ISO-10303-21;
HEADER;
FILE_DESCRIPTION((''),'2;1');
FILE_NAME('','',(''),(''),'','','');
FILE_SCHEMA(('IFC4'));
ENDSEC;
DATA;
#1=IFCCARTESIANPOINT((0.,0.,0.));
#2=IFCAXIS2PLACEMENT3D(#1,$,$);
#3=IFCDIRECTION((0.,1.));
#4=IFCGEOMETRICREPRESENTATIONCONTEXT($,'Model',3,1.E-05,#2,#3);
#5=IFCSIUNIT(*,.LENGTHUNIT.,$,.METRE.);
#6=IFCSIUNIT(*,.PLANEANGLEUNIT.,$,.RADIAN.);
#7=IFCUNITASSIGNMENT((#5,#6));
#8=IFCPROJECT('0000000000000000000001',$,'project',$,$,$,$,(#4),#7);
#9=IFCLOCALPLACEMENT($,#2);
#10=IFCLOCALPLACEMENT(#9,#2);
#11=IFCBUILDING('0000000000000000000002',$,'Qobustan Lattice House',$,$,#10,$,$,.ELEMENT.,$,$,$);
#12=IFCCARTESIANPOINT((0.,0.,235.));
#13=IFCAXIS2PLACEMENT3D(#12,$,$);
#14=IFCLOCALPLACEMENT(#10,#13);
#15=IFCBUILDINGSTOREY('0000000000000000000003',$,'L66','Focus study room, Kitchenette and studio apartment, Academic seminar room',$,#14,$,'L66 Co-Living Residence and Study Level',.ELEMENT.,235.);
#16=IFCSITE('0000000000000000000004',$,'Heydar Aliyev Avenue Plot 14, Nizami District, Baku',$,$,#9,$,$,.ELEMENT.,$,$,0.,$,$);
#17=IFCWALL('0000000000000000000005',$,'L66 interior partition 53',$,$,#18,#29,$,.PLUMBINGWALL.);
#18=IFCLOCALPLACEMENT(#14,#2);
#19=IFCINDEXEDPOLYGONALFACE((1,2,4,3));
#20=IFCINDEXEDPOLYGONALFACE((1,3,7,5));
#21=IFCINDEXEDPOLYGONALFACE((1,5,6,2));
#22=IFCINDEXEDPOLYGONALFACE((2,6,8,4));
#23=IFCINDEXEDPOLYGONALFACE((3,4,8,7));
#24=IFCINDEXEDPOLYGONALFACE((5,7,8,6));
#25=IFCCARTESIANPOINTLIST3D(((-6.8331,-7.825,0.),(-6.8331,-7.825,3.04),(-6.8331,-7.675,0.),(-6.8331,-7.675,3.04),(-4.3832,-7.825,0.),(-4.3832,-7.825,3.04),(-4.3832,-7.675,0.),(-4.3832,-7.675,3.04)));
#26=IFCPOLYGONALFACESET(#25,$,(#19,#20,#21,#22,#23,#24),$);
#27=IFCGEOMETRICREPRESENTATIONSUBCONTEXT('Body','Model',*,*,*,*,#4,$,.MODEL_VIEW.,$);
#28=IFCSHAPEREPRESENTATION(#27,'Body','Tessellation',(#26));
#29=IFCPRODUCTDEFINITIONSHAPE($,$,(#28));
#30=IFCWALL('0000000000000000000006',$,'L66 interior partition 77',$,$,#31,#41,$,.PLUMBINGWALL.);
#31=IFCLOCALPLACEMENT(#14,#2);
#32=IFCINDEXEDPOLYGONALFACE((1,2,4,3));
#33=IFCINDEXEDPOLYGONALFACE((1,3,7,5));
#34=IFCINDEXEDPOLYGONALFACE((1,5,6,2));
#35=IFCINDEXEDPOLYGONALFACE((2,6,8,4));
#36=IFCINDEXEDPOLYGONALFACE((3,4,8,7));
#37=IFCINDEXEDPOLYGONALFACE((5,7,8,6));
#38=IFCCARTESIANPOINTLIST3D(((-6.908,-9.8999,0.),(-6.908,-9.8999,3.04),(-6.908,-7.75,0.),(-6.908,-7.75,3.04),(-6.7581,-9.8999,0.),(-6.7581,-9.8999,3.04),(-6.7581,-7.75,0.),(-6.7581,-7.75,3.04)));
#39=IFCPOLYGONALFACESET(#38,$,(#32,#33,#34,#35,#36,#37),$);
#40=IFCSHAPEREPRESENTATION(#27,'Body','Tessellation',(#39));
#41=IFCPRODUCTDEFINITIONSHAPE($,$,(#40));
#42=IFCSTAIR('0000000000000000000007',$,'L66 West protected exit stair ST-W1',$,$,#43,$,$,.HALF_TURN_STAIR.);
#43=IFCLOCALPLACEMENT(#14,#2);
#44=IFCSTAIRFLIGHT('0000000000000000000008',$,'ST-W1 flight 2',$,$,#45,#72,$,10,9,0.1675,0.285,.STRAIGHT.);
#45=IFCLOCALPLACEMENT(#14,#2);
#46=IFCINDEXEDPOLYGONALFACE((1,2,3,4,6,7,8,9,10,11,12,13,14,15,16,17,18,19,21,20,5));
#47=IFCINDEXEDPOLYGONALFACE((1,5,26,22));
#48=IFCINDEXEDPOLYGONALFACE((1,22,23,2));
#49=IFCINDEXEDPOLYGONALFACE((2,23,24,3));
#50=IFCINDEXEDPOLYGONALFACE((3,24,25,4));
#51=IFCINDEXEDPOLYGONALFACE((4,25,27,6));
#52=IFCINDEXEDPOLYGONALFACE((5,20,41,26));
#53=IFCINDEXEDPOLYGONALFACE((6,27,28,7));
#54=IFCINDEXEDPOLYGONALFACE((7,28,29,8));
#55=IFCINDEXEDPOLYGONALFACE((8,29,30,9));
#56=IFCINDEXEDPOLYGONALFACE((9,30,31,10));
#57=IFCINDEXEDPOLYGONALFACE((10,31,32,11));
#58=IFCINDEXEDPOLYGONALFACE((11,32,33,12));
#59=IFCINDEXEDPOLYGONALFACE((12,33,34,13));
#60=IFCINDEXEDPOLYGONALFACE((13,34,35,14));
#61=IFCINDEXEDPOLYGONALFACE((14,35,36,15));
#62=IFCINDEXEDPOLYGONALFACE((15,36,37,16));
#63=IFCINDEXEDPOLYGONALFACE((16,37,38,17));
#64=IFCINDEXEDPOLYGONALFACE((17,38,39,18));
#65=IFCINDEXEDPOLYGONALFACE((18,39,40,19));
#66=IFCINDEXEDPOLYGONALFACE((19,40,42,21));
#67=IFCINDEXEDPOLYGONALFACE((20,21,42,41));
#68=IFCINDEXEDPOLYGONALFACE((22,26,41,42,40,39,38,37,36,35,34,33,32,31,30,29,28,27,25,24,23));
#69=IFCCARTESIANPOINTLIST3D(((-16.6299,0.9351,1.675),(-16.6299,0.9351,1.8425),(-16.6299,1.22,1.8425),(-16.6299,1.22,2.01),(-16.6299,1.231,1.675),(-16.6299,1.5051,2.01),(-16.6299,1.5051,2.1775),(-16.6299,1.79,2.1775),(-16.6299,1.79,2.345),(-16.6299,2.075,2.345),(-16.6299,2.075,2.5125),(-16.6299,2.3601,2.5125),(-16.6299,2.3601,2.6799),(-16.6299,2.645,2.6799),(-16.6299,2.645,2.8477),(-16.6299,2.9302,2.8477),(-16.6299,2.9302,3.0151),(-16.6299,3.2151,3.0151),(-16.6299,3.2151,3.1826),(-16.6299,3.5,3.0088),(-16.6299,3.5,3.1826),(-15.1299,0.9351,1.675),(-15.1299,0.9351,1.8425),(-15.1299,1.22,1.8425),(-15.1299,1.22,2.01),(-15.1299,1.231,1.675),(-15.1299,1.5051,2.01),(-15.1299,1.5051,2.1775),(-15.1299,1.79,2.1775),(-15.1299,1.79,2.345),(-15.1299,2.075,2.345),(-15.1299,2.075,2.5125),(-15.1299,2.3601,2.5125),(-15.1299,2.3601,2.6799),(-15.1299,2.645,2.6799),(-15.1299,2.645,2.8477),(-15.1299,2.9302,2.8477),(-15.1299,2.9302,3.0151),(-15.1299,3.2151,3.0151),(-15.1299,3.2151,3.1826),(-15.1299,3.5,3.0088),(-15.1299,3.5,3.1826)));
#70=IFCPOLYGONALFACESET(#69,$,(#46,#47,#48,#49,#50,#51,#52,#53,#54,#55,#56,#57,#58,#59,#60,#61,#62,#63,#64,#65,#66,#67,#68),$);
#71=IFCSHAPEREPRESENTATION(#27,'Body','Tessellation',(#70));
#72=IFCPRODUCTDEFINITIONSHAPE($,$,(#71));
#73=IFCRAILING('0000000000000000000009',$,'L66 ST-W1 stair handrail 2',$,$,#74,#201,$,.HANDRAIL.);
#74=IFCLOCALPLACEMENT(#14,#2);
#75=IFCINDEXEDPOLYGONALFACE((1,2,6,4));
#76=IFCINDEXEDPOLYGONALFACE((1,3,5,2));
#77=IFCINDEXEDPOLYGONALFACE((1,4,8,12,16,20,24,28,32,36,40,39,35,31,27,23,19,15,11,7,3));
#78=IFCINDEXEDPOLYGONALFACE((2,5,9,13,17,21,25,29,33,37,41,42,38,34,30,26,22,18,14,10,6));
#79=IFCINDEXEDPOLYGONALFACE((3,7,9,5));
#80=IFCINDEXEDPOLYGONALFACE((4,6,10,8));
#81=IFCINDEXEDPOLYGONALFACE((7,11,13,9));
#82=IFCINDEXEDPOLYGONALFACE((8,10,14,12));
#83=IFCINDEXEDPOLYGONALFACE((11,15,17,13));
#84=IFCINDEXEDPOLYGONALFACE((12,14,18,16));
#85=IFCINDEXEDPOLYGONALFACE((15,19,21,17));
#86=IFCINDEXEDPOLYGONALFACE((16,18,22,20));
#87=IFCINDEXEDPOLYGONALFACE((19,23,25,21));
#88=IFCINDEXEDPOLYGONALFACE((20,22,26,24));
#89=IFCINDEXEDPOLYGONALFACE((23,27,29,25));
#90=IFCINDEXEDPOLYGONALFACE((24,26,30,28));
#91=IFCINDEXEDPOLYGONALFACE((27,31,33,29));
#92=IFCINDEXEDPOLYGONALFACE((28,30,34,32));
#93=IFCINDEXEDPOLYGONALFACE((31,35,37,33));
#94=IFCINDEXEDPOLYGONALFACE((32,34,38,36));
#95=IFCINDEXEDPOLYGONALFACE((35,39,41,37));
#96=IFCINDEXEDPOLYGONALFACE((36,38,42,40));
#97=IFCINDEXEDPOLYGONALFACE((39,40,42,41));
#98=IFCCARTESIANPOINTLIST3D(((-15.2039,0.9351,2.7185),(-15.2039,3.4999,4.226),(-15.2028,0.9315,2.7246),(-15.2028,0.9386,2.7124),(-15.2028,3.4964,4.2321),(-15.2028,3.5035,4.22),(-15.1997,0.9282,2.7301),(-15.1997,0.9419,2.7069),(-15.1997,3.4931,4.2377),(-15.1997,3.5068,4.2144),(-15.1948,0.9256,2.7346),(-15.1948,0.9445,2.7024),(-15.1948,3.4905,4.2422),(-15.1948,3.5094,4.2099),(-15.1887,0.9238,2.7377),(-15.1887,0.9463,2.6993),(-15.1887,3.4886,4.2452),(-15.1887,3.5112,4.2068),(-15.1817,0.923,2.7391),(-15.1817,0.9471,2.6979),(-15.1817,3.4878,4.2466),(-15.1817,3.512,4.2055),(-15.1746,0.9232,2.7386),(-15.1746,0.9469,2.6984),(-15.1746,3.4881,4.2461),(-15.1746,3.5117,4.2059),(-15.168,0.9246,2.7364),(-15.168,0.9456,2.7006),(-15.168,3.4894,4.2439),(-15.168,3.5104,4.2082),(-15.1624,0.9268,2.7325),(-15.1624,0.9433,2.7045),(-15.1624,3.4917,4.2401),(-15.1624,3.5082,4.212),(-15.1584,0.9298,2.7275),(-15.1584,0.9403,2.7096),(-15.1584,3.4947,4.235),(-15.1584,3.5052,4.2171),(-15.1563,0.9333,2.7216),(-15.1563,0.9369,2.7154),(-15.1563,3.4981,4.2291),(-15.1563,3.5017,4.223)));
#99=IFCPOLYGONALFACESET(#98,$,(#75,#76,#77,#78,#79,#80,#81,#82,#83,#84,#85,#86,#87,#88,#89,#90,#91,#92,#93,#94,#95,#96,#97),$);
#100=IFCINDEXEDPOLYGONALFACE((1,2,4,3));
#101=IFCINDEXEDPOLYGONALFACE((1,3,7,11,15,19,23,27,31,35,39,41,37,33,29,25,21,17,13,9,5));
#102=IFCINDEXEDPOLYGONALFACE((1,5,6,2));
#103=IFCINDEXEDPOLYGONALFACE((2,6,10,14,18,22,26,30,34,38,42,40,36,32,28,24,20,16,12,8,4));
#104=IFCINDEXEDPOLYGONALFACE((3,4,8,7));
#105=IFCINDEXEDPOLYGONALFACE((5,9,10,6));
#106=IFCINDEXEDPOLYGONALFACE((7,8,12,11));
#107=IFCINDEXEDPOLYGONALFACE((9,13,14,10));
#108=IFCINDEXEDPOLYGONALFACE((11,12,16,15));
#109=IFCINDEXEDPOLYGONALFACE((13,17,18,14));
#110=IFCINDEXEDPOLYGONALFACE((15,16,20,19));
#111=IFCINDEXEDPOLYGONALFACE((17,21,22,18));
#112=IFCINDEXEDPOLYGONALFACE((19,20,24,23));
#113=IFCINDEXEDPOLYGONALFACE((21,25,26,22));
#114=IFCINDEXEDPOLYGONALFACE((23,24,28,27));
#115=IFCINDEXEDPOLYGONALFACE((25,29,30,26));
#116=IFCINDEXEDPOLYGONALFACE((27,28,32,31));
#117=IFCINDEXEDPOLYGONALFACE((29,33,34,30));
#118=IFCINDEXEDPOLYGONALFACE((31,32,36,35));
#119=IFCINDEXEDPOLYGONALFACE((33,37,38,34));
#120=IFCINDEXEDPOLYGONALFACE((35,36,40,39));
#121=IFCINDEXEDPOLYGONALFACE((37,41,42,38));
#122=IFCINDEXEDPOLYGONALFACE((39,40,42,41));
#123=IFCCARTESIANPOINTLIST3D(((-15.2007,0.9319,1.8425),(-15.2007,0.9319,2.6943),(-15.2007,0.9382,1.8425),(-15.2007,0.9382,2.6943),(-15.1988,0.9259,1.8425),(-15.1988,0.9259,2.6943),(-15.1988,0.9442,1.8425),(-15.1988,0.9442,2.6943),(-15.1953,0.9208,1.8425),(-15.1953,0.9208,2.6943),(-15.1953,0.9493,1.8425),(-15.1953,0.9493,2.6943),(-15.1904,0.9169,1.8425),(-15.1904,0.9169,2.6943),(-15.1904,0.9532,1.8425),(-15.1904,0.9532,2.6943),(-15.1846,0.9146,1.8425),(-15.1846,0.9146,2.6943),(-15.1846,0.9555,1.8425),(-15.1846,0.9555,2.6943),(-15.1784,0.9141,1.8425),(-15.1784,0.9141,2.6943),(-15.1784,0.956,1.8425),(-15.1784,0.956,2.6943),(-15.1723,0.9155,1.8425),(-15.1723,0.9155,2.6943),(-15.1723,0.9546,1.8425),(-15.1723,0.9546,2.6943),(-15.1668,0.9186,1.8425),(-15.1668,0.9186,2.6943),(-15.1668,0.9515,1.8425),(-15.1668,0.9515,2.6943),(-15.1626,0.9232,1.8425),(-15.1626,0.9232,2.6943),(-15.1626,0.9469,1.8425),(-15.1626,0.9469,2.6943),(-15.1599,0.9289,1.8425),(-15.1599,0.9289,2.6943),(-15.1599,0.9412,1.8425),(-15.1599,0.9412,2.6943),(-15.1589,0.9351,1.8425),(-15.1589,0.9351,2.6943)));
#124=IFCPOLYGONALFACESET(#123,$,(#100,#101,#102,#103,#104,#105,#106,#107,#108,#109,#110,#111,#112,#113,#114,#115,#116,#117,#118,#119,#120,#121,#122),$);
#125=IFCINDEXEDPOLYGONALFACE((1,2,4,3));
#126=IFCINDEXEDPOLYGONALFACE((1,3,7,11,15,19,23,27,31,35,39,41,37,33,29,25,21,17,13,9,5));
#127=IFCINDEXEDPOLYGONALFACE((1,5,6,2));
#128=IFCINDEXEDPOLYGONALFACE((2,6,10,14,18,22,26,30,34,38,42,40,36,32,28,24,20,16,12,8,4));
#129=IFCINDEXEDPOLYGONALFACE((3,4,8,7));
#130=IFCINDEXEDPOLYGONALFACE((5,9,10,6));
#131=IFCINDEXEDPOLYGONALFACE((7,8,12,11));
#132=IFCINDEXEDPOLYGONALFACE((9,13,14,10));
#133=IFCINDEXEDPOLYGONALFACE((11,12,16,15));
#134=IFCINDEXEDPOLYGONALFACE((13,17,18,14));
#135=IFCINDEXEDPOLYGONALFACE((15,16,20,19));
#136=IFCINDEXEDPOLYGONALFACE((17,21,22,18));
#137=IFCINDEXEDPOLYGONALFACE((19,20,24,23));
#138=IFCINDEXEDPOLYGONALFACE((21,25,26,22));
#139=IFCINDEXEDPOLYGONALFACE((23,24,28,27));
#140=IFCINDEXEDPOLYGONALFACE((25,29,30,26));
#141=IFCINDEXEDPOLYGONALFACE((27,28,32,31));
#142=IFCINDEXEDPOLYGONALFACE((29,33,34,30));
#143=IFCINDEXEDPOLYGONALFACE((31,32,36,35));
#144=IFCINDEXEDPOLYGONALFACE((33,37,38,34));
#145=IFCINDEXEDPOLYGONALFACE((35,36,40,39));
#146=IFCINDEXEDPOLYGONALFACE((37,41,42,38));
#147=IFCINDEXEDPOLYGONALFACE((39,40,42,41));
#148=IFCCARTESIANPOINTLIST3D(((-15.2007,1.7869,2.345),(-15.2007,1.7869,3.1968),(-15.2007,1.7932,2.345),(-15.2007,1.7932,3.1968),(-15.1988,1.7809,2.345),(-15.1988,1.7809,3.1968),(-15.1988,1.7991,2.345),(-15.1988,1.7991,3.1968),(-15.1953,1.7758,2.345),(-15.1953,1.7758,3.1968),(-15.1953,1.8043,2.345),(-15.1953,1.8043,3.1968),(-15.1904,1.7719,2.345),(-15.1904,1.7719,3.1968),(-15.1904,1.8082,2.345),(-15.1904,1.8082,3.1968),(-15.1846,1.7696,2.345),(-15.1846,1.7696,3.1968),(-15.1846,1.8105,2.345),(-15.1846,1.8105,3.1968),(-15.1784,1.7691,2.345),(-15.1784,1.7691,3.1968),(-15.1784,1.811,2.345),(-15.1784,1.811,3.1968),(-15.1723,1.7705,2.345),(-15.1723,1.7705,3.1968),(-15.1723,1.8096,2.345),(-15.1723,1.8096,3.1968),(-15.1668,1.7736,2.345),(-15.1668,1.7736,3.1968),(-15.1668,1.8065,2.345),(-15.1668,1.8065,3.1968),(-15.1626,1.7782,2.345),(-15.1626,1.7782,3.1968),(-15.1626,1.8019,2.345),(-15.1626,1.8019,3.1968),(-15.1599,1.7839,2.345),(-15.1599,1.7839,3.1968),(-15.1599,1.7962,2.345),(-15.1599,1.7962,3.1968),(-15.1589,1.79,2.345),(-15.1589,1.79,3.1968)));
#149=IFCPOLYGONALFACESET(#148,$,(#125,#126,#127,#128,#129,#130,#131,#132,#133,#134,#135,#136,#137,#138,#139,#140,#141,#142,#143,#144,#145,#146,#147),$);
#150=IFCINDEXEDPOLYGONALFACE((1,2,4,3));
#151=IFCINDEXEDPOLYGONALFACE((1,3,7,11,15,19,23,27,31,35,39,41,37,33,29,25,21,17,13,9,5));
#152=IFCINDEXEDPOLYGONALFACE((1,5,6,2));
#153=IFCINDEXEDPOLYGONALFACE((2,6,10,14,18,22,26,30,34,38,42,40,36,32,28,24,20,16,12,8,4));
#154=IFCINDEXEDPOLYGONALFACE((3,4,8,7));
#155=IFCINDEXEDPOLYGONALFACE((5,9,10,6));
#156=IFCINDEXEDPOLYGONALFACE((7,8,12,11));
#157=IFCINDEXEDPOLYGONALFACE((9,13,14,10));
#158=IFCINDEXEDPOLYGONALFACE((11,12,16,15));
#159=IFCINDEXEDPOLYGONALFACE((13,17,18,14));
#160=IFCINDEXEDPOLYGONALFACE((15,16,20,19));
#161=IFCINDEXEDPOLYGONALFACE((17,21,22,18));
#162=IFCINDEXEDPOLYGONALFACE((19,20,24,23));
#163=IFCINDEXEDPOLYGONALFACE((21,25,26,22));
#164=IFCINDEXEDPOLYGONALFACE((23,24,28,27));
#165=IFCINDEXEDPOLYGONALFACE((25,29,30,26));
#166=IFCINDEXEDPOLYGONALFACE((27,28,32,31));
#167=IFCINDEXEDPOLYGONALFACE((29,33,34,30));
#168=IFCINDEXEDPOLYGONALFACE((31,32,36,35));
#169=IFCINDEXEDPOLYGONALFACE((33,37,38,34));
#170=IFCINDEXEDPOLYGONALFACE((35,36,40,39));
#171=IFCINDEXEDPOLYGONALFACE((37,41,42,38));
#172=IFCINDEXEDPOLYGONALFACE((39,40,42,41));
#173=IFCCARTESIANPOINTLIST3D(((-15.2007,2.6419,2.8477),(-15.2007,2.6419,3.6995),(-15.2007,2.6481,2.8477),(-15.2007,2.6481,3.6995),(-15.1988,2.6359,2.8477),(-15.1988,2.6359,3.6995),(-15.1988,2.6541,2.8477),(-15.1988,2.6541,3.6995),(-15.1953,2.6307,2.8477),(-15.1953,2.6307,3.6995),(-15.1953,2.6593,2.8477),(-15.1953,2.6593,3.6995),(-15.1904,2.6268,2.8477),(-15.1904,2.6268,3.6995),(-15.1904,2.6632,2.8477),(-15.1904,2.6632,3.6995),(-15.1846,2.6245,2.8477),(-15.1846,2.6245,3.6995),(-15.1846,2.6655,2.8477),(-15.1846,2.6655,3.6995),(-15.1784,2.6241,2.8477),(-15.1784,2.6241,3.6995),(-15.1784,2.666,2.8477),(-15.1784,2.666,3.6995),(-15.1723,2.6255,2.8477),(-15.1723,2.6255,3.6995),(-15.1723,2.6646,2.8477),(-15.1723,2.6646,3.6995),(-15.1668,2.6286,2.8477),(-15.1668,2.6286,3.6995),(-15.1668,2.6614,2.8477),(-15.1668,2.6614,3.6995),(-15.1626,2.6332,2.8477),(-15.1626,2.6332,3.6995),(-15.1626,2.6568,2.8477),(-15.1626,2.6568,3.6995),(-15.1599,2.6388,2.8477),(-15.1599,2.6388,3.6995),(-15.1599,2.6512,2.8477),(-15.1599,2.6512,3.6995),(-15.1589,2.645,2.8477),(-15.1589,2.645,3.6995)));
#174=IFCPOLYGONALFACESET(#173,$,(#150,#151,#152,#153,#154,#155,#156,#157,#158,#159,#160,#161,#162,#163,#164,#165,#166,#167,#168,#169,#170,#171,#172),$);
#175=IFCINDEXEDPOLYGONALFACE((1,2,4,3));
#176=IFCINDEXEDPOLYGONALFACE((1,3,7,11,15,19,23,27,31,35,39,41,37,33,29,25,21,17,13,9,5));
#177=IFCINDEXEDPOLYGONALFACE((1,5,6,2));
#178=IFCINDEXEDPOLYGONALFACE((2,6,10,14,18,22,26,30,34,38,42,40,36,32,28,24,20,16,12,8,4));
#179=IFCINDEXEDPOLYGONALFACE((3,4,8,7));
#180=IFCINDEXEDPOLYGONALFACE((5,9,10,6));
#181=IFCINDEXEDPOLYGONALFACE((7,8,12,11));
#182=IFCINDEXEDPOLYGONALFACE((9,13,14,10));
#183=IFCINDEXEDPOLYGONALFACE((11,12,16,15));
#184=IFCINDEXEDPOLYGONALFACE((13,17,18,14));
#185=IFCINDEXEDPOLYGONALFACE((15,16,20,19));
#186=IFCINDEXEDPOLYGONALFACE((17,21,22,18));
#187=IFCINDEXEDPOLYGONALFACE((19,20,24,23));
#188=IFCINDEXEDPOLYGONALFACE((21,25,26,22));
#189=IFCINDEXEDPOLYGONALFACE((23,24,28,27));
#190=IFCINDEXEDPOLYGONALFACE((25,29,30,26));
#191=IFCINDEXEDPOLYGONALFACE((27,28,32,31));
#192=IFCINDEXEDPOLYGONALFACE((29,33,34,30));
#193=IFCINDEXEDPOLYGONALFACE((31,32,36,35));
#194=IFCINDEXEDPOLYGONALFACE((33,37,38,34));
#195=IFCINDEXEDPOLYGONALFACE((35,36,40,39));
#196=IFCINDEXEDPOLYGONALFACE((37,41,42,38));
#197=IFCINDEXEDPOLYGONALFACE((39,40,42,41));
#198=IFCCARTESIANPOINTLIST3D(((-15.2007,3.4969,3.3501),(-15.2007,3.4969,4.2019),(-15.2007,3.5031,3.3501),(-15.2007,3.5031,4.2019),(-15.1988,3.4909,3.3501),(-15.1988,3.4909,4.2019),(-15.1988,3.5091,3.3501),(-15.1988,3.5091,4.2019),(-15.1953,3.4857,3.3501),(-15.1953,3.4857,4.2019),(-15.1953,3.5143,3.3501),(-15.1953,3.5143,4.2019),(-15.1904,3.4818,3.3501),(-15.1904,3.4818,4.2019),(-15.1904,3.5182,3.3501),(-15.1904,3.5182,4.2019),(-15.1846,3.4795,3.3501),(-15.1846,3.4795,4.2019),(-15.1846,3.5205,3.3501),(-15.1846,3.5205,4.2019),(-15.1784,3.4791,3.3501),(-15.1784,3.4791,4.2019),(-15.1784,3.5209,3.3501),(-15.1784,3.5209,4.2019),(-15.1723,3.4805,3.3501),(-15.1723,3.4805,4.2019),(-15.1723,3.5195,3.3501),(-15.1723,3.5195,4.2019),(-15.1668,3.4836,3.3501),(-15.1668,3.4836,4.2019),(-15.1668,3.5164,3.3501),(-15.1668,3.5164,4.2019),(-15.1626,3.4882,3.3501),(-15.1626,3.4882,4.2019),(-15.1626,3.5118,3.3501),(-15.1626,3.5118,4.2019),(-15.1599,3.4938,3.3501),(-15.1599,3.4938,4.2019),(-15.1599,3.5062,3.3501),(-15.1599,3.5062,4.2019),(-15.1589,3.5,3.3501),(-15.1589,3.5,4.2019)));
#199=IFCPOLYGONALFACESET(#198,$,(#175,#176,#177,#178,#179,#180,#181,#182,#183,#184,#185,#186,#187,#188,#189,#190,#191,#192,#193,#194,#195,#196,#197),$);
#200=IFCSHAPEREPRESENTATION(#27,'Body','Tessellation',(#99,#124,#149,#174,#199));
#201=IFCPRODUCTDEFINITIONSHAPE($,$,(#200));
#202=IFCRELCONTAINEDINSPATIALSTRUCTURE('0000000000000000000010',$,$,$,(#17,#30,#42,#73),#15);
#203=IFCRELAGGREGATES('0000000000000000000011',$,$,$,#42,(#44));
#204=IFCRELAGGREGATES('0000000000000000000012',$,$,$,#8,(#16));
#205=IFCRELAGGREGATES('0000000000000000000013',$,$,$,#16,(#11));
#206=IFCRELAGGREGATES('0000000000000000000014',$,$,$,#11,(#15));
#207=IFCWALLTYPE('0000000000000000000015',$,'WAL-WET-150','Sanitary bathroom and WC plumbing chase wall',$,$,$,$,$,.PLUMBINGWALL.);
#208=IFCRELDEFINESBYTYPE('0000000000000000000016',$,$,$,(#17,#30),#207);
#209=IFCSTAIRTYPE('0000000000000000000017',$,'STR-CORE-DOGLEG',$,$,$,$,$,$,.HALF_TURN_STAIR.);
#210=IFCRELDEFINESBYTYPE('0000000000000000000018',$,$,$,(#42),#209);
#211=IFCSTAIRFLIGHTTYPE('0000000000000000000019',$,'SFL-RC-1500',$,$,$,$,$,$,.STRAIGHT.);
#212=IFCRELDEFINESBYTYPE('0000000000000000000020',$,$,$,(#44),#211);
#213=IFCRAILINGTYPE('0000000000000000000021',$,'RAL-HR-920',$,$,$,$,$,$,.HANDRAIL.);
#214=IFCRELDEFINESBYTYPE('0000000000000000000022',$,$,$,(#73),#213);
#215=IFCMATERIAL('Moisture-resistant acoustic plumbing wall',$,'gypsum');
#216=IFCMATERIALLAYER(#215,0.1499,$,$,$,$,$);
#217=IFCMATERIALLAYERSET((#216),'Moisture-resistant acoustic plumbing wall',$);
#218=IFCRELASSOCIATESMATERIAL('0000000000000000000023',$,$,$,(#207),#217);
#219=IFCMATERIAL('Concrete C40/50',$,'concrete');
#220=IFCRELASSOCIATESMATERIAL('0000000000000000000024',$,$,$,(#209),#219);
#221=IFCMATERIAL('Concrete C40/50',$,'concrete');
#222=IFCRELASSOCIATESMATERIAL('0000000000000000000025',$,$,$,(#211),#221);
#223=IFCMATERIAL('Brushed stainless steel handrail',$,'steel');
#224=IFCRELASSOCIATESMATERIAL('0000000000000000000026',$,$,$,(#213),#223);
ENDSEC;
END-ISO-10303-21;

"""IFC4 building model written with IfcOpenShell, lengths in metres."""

from ifc_helpers import new_model, si_unit, direction, frame, frame_2d, origin, origin_2d, place, context, subcontext, project, spatial, polyline, rectangle, circle, outline, extrude, material, layer, layer_set, type_object, element, aggregate, save


model = new_model("IFC4")

# Units and contexts
model_context = context("Model", 3, precision=1e-05, world=origin(), true_north=direction((0.0, 1.0)))
body_context = subcontext(model_context, "Body", "Model", "MODEL_VIEW")
ifc_project = project(units=[si_unit("LENGTHUNIT", "METRE"), si_unit("PLANEANGLEUNIT", "RADIAN")], contexts=[model_context])

# Site, building, storey
site_placement = place(None, origin())
site = spatial("IfcSite", under=ifc_project, at=site_placement, Name="Heydar Aliyev Avenue Plot 14, Nizami District, Baku", CompositionType="ELEMENT", RefElevation=0.0)
building_placement = place(site_placement, origin())
building = spatial("IfcBuilding", under=site, at=building_placement, Name="Qobustan Lattice House", CompositionType="ELEMENT")
storey_placement = place(building_placement, frame((0.0, 0.0, 235.0)))
storey = spatial("IfcBuildingStorey", under=building, at=storey_placement, Name="L66", Description="Focus study room, Kitchenette and studio apartment, Academic seminar room", LongName="L66 Co-Living Residence and Study Level", CompositionType="ELEMENT", Elevation=235.0)

# Walls
ifc_material_1 = material(Name="Moisture-resistant acoustic plumbing wall", Category="gypsum")
ifc_layer_1 = layer(ifc_material_1, 0.1499)
ifc_layer_set_1 = layer_set([ifc_layer_1], Name="Moisture-resistant acoustic plumbing wall")
wall_type_1 = type_object("IfcWallType", Name="WAL-WET-150", Description="Sanitary bathroom and WC plumbing chase wall", PredefinedType="PLUMBINGWALL", material=ifc_layer_set_1)
wall_1_placement = place(storey_placement, frame((-4.3831, -7.75, 0.0), z_axis=(0.0, 0.0, 1.0), x_axis=(-1.0, 0.0, 0.0)))
element("IfcWall", 1, at=wall_1_placement, inside=storey, type_object=wall_type_1, Name="L66 interior partition 53", PredefinedType="PLUMBINGWALL", context=body_context, shape_type="SweptSolid", body=[
    extrude(rectangle(XDim=2.45, YDim=0.1499, at=frame_2d((1.2251, 0.0))), origin(), (0.0, 0.0, 1.0), 3.04),
])
wall_2_placement = place(storey_placement, frame((-6.833, -7.75, 0.0), z_axis=(0.0, 0.0, 1.0), x_axis=(0.0, -1.0, 0.0)))
element("IfcWall", 2, at=wall_2_placement, inside=storey, type_object=wall_type_1, Name="L66 interior partition 77", PredefinedType="PLUMBINGWALL", context=body_context, shape_type="SweptSolid", body=[
    extrude(rectangle(XDim=2.1499, YDim=0.1499, at=frame_2d((1.075, 0.0))), origin(), (0.0, 0.0, 1.0), 3.04),
])

# Stair, stair flight
ifc_material_2 = material(Name="Concrete C40/50", Category="concrete")
stair_type = type_object("IfcStairType", Name="STR-CORE-DOGLEG", PredefinedType="HALF_TURN_STAIR", material=ifc_material_2)
stair_placement = place(storey_placement, origin())
stair = element("IfcStair", 3, at=stair_placement, inside=storey, type_object=stair_type, Name="L66 West protected exit stair ST-W1", PredefinedType="HALF_TURN_STAIR")
ifc_material_3 = material(Name="Concrete C40/50", Category="concrete")
stair_flight_type = type_object("IfcStairFlightType", Name="SFL-RC-1500", PredefinedType="STRAIGHT", material=ifc_material_3)
stair_flight_placement = place(storey_placement, frame((-15.8799, 0.9351, 1.675), z_axis=(0.0, 0.0, 1.0), x_axis=(0.0, 1.0, 0.0)))
stair_flight = element("IfcStairFlight", 4, at=stair_flight_placement, type_object=stair_flight_type, Name="ST-W1 flight 2", NumberOfRisers=10, NumberOfTreads=9, PredefinedType="STRAIGHT", RiserHeight=0.1675, TreadLength=0.285, context=body_context, shape_type="SweptSolid", body=[
    extrude(outline(polyline([(0.0, 0.0), (0.0, 0.1675), (0.2849, 0.1675), (0.2849, 0.335), (0.5701, 0.335), (0.5701, 0.5024), (0.855, 0.5024), (0.855, 0.6699), (1.1399, 0.6699), (1.1399, 0.8374), (1.425, 0.8374), (1.425, 1.0049), (1.71, 1.0049), (1.71, 1.1726), (1.9951, 1.1726), (1.9951, 1.3401), (2.28, 1.3401), (2.28, 1.5076), (2.5649, 1.5076), (2.5649, 1.675), (2.5649, 1.3337), (0.2959, 0.0), (0.0, 0.0)])), frame((0.0, 0.75, 0.0), z_axis=(0.0, -1.0, 0.0), x_axis=(1.0, 0.0, 0.0)), (0.0, 0.0, 1.0), 1.5),
])
aggregate(stair, [stair_flight])

# Railing
ifc_material_4 = material(Name="Brushed stainless steel handrail", Category="steel")
railing_type_1 = type_object("IfcRailingType", Name="RAL-HR-920", PredefinedType="HANDRAIL", material=ifc_material_4)
railing_1_placement = place(storey_placement, frame((-15.1799, 0.9351, 1.8425)))
element("IfcRailing", 5, at=railing_1_placement, inside=storey, type_object=railing_type_1, Name="L66 ST-W1 stair handrail 2", PredefinedType="HANDRAIL", context=body_context, shape_type="SweptSolid", body=[
    extrude(circle(Radius=0.0239, at=origin_2d()), frame((0.0, 0.0, 0.876), z_axis=(0.0, 0.862113, 0.506715), x_axis=(-1.0, 0.0, 0.0)), (0.0, 0.0, 1.0), 2.9751),
    extrude(circle(Radius=0.021, at=origin_2d()), origin(), (0.0, 0.0, 1.0), 0.8518),
    extrude(circle(Radius=0.021, at=origin_2d()), frame((0.0, 0.855, 0.5024)), (0.0, 0.0, 1.0), 0.8518),
    extrude(circle(Radius=0.021, at=origin_2d()), frame((0.0, 1.71, 1.0051)), (0.0, 0.0, 1.0), 0.8518),
    extrude(circle(Radius=0.021, at=origin_2d()), frame((0.0, 2.5649, 1.5076)), (0.0, 0.0, 1.0), 0.8518),
])

save(model, "model.ifc")
